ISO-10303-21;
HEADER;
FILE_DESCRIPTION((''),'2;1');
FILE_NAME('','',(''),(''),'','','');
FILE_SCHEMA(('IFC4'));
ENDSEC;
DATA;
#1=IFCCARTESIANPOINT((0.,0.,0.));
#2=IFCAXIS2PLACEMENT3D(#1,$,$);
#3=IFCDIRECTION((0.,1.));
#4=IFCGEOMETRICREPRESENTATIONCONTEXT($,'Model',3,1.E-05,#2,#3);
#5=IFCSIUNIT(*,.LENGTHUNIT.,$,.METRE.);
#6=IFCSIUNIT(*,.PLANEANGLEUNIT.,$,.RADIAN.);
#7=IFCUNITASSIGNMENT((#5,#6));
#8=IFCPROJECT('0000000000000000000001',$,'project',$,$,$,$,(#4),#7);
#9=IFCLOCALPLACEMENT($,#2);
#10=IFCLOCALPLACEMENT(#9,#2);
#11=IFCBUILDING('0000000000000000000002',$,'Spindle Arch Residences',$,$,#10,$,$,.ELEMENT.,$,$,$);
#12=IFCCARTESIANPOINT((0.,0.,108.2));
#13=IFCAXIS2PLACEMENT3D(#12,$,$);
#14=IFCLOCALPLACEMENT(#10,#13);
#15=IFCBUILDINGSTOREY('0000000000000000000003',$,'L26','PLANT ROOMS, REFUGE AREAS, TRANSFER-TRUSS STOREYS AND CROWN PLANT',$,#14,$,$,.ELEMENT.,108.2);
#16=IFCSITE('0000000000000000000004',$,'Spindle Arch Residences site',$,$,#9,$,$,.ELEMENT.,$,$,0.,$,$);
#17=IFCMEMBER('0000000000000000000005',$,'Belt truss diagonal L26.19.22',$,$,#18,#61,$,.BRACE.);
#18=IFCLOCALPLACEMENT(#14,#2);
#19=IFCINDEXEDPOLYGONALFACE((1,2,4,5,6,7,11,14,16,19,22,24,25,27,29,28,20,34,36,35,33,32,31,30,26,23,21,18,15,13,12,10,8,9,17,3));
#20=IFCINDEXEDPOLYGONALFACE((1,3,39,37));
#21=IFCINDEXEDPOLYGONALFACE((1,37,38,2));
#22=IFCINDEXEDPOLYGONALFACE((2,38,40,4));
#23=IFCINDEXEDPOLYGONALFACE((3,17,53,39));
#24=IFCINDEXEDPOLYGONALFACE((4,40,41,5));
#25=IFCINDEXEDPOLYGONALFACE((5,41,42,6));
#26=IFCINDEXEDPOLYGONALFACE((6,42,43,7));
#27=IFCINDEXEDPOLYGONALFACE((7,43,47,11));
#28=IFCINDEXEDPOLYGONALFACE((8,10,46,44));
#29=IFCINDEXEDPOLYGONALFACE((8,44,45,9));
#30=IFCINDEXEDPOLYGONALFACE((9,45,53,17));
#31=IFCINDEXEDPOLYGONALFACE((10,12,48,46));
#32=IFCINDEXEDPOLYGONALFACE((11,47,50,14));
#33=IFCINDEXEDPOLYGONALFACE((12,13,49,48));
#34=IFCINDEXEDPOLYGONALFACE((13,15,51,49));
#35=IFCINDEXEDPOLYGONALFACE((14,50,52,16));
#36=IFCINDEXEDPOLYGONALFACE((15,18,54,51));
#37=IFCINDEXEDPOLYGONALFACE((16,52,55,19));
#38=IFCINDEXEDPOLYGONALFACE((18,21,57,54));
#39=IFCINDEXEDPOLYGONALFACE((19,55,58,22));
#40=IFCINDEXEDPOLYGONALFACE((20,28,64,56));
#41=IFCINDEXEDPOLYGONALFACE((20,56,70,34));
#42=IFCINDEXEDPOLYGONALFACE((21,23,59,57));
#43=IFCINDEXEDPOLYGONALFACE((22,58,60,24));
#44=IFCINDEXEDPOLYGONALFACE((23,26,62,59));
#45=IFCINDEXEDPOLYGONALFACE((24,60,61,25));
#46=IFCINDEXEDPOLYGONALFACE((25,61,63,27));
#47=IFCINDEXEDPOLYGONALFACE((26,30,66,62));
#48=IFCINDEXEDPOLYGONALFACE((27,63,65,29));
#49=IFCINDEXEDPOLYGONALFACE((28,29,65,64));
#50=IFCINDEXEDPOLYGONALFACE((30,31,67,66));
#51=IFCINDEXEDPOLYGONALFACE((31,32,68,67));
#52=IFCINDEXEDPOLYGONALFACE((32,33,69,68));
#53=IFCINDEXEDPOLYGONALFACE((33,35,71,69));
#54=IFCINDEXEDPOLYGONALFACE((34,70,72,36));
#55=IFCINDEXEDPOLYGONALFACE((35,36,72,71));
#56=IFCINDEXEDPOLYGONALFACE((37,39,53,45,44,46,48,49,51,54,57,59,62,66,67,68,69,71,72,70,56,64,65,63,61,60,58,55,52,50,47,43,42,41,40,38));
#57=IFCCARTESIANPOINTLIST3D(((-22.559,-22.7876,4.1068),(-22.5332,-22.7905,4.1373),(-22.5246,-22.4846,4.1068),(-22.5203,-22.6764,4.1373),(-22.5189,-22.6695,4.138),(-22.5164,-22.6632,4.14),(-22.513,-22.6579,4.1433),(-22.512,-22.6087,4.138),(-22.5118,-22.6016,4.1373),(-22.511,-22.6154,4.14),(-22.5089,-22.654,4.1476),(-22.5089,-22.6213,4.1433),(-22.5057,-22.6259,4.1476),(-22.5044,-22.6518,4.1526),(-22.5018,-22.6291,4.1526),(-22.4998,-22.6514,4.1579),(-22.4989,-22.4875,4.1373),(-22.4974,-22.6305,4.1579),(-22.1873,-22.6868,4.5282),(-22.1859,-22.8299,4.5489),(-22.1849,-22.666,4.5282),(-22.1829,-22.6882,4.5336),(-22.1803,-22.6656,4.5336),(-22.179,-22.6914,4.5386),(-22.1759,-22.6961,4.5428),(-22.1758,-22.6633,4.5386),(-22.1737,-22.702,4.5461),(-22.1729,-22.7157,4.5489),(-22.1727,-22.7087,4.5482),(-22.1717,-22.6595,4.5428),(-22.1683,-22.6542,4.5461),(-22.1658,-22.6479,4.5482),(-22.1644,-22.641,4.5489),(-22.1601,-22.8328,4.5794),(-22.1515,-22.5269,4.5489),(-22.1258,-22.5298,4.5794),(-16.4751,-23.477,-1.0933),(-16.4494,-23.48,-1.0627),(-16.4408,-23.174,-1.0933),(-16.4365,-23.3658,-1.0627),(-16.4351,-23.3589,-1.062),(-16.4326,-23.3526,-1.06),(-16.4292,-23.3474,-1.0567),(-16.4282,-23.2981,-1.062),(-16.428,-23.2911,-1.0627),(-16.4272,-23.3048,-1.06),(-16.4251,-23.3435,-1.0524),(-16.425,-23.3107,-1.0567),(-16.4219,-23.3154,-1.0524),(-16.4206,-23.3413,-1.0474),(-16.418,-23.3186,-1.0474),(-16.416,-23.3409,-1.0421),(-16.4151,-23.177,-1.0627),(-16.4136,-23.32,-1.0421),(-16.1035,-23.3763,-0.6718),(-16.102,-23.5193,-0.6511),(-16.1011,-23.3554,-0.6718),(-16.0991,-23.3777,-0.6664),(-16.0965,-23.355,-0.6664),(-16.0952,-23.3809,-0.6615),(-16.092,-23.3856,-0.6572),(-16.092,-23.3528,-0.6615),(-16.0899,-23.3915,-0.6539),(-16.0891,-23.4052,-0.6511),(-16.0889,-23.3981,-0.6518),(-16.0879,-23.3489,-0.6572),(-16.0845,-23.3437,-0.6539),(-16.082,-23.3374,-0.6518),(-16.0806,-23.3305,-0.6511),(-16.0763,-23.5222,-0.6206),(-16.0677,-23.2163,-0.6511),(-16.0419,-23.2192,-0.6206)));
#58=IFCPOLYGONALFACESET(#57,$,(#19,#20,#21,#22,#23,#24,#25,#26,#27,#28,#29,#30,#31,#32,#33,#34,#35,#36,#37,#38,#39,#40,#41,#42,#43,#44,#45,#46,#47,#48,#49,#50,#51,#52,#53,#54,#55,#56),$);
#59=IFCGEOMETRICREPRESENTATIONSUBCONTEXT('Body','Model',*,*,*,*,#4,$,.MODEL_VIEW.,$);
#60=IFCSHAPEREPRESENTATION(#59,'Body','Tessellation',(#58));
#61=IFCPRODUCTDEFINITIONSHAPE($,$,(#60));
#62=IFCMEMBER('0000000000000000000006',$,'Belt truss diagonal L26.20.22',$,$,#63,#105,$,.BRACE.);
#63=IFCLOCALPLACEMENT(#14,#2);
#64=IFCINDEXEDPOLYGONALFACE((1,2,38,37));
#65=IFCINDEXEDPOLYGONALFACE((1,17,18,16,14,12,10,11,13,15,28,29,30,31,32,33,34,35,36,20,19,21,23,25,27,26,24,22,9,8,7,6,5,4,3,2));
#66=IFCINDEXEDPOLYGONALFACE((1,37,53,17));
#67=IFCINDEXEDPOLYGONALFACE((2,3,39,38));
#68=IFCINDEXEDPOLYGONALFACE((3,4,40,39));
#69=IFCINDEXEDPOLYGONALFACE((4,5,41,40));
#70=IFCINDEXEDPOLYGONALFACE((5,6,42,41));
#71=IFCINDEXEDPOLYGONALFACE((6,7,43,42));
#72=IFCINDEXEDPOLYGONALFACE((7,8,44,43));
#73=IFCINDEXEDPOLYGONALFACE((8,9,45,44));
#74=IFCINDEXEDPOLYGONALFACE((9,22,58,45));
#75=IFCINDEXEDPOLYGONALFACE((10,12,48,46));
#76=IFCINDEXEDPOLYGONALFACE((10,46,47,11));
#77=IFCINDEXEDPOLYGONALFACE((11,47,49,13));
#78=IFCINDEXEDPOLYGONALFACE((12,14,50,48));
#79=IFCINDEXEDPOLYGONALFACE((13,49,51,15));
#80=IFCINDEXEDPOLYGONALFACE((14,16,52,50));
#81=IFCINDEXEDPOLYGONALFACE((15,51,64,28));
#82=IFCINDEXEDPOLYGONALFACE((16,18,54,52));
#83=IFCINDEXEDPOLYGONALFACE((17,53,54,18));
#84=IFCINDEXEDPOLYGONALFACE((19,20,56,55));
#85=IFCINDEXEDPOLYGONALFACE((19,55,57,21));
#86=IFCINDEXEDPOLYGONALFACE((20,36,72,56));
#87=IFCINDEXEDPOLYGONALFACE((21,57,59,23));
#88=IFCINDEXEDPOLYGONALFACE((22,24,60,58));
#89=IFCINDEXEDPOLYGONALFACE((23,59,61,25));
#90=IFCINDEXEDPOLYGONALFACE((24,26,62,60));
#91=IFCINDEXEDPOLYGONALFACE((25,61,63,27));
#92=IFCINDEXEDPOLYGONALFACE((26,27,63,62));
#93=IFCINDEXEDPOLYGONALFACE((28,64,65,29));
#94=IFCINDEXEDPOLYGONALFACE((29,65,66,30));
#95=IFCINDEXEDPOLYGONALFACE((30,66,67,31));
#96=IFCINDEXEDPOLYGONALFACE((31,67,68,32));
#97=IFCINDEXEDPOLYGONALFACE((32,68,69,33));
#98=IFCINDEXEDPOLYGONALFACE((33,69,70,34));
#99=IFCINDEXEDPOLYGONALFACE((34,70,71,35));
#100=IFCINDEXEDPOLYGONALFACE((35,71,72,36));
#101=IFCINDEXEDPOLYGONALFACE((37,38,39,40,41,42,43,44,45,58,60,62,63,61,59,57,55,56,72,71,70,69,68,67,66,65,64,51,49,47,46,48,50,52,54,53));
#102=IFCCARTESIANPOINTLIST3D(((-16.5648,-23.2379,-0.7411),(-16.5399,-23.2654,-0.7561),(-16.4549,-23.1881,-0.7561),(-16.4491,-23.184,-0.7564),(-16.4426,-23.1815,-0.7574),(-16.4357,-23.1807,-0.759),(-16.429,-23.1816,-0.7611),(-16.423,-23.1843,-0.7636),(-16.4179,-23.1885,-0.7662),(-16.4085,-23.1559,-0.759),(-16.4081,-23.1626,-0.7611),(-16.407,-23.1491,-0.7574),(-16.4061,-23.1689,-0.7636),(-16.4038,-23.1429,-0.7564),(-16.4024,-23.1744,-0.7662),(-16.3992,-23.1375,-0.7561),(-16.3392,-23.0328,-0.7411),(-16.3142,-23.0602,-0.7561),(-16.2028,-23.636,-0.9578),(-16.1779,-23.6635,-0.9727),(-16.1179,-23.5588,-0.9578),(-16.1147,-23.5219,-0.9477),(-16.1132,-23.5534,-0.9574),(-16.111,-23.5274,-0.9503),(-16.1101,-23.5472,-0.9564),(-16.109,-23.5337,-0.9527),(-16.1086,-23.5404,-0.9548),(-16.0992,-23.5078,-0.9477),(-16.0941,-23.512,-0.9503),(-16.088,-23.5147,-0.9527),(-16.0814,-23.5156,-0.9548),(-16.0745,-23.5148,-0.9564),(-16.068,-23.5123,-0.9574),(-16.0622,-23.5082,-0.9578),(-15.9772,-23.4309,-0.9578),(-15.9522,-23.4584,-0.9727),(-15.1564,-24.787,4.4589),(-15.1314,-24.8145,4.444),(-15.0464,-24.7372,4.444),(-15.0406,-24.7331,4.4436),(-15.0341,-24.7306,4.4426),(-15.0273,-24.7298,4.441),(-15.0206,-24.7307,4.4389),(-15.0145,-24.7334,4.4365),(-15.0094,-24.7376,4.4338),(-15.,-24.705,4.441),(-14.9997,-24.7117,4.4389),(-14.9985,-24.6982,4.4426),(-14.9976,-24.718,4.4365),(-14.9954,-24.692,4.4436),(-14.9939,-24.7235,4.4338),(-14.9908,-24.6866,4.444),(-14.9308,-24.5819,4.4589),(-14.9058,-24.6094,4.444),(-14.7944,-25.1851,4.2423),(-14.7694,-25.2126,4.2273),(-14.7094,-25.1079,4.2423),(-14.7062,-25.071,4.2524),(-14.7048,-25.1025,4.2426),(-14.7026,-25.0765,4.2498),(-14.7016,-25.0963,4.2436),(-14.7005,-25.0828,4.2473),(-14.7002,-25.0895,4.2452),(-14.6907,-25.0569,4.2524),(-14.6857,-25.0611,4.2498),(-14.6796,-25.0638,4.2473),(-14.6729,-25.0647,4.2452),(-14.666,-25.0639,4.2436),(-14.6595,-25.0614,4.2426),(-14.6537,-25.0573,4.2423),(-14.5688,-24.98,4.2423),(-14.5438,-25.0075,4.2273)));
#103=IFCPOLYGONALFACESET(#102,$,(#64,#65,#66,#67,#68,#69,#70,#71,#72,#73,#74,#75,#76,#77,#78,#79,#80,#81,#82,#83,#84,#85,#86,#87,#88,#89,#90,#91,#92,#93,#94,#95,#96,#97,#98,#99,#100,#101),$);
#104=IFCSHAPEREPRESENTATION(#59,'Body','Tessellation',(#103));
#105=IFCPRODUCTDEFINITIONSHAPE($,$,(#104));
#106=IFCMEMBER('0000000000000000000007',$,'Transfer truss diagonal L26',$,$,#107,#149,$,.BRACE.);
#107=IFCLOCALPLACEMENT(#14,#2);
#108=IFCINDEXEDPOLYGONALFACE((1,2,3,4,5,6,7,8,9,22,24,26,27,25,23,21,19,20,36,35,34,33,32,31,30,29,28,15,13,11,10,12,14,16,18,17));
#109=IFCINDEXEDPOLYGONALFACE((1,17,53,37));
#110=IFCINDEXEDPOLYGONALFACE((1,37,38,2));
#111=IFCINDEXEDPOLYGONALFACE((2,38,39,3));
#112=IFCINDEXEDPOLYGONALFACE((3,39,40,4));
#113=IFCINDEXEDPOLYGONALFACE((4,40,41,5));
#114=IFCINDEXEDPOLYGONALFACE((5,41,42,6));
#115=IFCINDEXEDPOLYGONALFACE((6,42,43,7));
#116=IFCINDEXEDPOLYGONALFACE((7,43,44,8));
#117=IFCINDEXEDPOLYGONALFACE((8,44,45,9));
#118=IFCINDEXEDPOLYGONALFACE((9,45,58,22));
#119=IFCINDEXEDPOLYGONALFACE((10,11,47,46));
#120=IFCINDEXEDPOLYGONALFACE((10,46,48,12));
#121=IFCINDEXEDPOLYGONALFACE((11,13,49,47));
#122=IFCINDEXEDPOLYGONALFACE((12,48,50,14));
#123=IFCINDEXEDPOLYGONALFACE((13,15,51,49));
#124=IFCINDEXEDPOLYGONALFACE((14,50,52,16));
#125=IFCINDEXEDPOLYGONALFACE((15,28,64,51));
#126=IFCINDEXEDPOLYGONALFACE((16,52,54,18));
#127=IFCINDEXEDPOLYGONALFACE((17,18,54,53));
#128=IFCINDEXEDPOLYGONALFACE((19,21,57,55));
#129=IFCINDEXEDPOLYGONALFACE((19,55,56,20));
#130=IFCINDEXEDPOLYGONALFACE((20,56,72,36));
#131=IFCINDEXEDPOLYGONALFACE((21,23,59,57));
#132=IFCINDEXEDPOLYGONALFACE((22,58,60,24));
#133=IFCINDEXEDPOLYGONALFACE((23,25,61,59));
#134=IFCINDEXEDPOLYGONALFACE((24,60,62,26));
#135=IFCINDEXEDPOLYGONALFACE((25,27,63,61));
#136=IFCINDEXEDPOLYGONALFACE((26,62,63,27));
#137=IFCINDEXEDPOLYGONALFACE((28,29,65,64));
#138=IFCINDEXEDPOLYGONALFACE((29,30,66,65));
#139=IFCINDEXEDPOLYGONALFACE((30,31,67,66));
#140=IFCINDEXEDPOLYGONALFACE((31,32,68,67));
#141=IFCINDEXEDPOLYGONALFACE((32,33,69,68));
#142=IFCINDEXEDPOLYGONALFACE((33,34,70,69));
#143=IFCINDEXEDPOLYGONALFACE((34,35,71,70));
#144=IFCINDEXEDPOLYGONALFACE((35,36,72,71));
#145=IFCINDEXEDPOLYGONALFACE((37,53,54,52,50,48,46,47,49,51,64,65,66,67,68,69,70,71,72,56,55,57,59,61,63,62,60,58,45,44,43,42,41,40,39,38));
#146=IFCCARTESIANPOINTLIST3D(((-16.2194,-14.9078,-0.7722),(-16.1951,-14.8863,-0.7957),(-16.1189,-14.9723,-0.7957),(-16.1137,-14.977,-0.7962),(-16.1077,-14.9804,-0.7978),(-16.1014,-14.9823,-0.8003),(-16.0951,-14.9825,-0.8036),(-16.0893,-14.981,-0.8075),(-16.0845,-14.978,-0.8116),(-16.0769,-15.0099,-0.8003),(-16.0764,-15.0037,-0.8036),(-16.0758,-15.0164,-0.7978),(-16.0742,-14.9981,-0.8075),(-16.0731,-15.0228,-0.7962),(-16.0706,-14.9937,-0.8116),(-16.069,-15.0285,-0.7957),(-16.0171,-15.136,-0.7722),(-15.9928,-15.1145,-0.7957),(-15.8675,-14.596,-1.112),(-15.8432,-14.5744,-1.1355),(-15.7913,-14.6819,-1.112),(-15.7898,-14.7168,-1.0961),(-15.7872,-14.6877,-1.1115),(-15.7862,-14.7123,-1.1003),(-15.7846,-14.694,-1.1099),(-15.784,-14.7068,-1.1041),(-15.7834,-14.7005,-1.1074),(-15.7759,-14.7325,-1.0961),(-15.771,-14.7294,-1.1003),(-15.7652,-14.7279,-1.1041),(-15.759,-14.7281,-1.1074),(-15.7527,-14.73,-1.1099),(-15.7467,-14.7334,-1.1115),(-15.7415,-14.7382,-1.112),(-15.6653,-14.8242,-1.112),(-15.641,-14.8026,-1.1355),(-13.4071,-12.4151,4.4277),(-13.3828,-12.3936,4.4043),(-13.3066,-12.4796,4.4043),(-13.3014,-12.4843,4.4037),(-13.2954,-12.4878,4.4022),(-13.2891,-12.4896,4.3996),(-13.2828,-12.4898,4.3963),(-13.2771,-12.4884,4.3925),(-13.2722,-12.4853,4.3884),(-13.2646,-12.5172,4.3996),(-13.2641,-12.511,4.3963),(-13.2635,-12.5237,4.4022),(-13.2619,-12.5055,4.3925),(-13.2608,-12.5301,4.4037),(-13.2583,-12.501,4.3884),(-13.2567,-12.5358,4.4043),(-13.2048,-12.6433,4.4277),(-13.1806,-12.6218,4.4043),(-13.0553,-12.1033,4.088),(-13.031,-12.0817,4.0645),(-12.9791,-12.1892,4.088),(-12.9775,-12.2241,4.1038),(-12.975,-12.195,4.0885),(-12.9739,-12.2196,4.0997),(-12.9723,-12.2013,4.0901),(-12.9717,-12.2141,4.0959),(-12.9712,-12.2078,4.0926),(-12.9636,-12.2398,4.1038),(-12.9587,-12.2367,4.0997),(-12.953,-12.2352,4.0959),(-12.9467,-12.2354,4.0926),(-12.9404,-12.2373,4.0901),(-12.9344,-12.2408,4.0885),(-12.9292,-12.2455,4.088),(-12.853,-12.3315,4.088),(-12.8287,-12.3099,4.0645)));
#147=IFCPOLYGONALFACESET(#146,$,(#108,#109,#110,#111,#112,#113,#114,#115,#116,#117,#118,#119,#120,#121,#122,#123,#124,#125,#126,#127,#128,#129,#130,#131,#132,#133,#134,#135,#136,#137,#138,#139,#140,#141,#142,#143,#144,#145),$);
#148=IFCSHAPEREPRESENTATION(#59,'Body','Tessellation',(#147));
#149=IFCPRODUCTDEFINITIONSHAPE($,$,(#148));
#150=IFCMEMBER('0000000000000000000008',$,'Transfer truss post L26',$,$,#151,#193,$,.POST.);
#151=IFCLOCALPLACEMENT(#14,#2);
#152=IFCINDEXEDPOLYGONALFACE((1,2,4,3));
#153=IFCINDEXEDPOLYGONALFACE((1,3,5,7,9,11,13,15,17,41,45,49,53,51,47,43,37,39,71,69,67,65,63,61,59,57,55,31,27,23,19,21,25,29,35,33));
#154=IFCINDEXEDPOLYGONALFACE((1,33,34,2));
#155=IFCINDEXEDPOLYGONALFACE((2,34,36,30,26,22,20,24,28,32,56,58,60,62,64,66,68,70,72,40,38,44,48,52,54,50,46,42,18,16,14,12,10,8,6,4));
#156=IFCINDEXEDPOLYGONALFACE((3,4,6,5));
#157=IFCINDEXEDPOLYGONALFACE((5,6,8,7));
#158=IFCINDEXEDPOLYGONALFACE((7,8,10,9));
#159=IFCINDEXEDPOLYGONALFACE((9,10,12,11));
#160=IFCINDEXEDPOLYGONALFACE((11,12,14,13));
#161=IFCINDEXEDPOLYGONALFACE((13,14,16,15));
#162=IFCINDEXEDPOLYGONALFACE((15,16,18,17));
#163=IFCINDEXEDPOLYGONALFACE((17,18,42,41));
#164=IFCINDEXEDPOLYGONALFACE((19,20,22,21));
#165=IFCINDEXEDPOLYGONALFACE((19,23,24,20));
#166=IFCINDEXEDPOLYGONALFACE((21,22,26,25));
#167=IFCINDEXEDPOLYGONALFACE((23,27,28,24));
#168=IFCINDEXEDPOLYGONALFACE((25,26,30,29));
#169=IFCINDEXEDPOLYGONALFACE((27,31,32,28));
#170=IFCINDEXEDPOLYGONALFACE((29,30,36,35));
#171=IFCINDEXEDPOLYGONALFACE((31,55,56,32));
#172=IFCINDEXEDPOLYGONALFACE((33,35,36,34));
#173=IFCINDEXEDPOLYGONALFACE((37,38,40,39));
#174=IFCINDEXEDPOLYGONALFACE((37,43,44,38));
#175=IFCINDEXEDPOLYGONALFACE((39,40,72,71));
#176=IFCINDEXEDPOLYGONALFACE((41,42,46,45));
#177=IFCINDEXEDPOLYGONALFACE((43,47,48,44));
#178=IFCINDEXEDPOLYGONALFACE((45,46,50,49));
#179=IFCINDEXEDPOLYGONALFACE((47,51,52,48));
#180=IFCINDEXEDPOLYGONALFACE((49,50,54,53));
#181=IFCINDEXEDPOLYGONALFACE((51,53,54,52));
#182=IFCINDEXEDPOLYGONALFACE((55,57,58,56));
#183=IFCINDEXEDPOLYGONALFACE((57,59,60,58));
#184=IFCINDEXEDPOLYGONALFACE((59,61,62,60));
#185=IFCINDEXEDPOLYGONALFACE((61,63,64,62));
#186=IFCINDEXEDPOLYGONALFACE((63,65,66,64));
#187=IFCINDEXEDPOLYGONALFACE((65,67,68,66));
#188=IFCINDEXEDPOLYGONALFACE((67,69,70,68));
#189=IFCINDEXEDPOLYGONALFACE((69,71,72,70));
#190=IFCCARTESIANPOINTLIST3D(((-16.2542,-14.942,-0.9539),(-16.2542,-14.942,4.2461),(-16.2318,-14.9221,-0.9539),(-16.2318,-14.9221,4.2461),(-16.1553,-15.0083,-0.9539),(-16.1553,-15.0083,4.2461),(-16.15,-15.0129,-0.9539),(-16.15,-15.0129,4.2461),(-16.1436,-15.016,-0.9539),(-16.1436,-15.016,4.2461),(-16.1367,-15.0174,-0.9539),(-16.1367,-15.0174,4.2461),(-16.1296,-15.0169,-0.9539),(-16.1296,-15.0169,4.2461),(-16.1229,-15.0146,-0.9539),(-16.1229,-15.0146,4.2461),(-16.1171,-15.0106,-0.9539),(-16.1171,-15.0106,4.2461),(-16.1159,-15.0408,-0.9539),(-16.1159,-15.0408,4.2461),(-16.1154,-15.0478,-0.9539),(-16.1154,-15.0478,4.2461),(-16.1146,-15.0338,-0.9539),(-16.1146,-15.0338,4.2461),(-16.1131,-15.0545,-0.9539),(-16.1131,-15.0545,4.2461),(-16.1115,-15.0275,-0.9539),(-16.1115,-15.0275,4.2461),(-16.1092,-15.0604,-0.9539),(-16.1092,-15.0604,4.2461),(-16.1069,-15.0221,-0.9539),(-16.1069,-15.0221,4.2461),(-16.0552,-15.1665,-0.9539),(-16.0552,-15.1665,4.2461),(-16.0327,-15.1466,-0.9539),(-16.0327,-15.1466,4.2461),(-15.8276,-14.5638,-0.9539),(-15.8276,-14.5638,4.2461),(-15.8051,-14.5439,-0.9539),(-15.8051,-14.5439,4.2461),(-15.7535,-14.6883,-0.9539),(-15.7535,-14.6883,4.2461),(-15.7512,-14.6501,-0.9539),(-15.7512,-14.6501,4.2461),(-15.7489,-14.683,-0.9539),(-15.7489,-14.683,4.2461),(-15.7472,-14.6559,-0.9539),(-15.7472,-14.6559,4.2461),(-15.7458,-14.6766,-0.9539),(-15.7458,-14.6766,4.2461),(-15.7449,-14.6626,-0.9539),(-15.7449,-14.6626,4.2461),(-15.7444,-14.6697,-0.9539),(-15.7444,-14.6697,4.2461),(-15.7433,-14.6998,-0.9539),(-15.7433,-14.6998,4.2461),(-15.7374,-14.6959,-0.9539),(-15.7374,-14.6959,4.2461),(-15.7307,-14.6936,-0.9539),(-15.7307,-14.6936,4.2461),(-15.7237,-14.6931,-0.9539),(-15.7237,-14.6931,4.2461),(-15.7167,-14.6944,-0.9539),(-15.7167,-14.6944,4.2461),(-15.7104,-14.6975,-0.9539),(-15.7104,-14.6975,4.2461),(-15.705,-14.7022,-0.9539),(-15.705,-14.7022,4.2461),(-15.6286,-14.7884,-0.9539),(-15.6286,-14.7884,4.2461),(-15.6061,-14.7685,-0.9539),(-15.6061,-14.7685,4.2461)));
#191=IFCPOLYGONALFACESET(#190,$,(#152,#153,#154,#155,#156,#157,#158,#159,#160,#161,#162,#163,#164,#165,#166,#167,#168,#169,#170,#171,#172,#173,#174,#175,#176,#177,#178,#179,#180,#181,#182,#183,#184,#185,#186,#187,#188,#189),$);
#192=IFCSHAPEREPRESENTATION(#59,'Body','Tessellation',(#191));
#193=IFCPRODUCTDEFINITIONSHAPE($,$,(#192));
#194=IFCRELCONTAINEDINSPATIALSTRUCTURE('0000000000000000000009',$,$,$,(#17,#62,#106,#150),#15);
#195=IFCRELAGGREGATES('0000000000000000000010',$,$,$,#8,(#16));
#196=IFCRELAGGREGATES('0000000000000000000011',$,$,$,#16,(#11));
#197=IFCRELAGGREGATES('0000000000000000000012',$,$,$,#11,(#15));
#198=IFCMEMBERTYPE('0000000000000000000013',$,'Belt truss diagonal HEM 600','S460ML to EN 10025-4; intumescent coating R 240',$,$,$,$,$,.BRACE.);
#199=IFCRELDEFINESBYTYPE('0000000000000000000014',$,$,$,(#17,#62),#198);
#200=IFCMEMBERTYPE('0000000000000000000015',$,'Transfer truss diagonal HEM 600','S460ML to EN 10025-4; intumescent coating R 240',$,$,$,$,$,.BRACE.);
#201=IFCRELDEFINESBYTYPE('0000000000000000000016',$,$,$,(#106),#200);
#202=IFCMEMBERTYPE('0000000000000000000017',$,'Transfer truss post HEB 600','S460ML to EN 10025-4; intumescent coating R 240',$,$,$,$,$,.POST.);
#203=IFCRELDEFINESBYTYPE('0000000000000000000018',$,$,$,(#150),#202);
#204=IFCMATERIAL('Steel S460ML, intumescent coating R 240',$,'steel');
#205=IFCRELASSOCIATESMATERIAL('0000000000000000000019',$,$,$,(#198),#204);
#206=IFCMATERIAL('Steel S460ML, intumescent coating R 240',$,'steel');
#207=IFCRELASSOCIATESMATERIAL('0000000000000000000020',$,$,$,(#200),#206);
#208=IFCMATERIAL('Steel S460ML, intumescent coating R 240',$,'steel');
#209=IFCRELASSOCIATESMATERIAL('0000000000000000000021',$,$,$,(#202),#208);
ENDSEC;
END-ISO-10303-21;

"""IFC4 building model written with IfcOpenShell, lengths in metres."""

from ifc_helpers import new_model, si_unit, direction, frame, origin, origin_2d, place, context, subcontext, project, spatial, i_section, extrude, material, material_profile, profile_set, type_object, element, save


model = new_model("IFC4")

# Units and contexts
model_context = context("Model", 3, precision=1e-05, world=origin(), true_north=direction((0.0, 1.0)))
body_context = subcontext(model_context, "Body", "Model", "MODEL_VIEW")
ifc_project = project(units=[si_unit("LENGTHUNIT", "METRE"), si_unit("PLANEANGLEUNIT", "RADIAN")], contexts=[model_context])

# Site, building, storey
site_placement = place(None, origin())
site = spatial("IfcSite", under=ifc_project, at=site_placement, Name="Spindle Arch Residences site", CompositionType="ELEMENT", RefElevation=0.0)
building_placement = place(site_placement, origin())
building = spatial("IfcBuilding", under=site, at=building_placement, Name="Spindle Arch Residences", CompositionType="ELEMENT")
storey_placement = place(building_placement, frame((0.0, 0.0, 108.2)))
storey = spatial("IfcBuildingStorey", under=building, at=storey_placement, Name="L26", Description="PLANT ROOMS, REFUGE AREAS, TRANSFER-TRUSS STOREYS AND CROWN PLANT", CompositionType="ELEMENT", Elevation=108.2)

# Members
ifc_material_1 = material(Name="Steel S460ML, intumescent coating R 240", Category="steel")
ifc_material_profile_1 = material_profile(ifc_material_1, i_section(OverallWidth=0.3049, OverallDepth=0.6201, WebThickness=0.021, FlangeThickness=0.04, FilletRadius=0.0271, at=origin_2d()), Name="HEM 600")
ifc_profile_set_1 = profile_set([ifc_material_profile_1], Name="Steel S460ML, intumescent coating R 240")
member_type_1 = type_object("IfcMemberType", Name="Belt truss diagonal HEM 600", Description="S460ML to EN 10025-4; intumescent coating R 240", PredefinedType="BRACE", material=ifc_profile_set_1)
member_1_placement = place(storey_placement, frame((-16.2585, -23.3481, -0.8569), z_axis=(-0.757357, 0.085829, 0.647336), x_axis=(-0.112606, -0.99364, 0.0)))
element("IfcMember", 1, at=member_1_placement, inside=storey, type_object=member_type_1, Name="Belt truss diagonal L26.19.22", PredefinedType="BRACE", context=body_context, shape_type="SweptSolid", body=[
    extrude(i_section(OverallWidth=0.3049, OverallDepth=0.6201, WebThickness=0.021, FlangeThickness=0.04, FilletRadius=0.0271, at=origin_2d()), origin(), (0.0, 0.0, 1.0), 8.033),
])
member_2_placement = place(storey_placement, frame((-16.2585, -23.3481, -0.8569), z_axis=(0.251257, -0.276343, 0.927634), x_axis=(0.739893, 0.672725, 0.0)))
element("IfcMember", 2, at=member_2_placement, inside=storey, type_object=member_type_1, Name="Belt truss diagonal L26.20.22", PredefinedType="BRACE", context=body_context, shape_type="SweptSolid", body=[
    extrude(i_section(OverallWidth=0.3049, OverallDepth=0.6201, WebThickness=0.021, FlangeThickness=0.04, FilletRadius=0.0271, at=origin_2d()), origin(), (0.0, 0.0, 1.0), 5.6057),
])
ifc_material_2 = material(Name="Steel S460ML, intumescent coating R 240", Category="steel")
ifc_material_profile_2 = material_profile(ifc_material_2, i_section(OverallWidth=0.3049, OverallDepth=0.6201, WebThickness=0.021, FlangeThickness=0.04, FilletRadius=0.0271, at=origin_2d()), Name="HEM 600")
ifc_profile_set_2 = profile_set([ifc_material_profile_2], Name="Steel S460ML, intumescent coating R 240")
member_type_2 = type_object("IfcMemberType", Name="Transfer truss diagonal HEM 600", Description="S460ML to EN 10025-4; intumescent coating R 240", PredefinedType="BRACE", material=ifc_profile_set_2)
member_3_placement = place(storey_placement, frame((-15.9302, -14.8552, -0.9539), z_axis=(0.438337, 0.388525, 0.810499), x_axis=(-0.663307, 0.748348, 0.0)))
element("IfcMember", 3, at=member_3_placement, inside=storey, type_object=member_type_2, Name="Transfer truss diagonal L26", PredefinedType="BRACE", context=body_context, shape_type="SweptSolid", body=[
    extrude(i_section(OverallWidth=0.3049, OverallDepth=0.6201, WebThickness=0.021, FlangeThickness=0.04, FilletRadius=0.0271, at=origin_2d()), origin(), (0.0, 0.0, 1.0), 6.4158),
])
ifc_material_3 = material(Name="Steel S460ML, intumescent coating R 240", Category="steel")
ifc_material_profile_3 = material_profile(ifc_material_3, i_section(OverallWidth=0.3, OverallDepth=0.6001, WebThickness=0.0154, FlangeThickness=0.03, FilletRadius=0.0271, at=origin_2d()), Name="HEB 600")
ifc_profile_set_3 = profile_set([ifc_material_profile_3], Name="Steel S460ML, intumescent coating R 240")
member_type_3 = type_object("IfcMemberType", Name="Transfer truss post HEB 600", Description="S460ML to EN 10025-4; intumescent coating R 240", PredefinedType="POST", material=ifc_profile_set_3)
member_4_placement = place(storey_placement, frame((-15.9302, -14.8552, -0.9539), z_axis=(0.0, 0.0, 1.0), x_axis=(-0.663304, 0.74835, 0.0)))
element("IfcMember", 4, at=member_4_placement, inside=storey, type_object=member_type_3, Name="Transfer truss post L26", PredefinedType="POST", context=body_context, shape_type="SweptSolid", body=[
    extrude(i_section(OverallWidth=0.3, OverallDepth=0.6001, WebThickness=0.0154, FlangeThickness=0.03, FilletRadius=0.0271, at=origin_2d()), origin(), (0.0, 0.0, 1.0), 5.2),
])

save(model, "model.ifc")
